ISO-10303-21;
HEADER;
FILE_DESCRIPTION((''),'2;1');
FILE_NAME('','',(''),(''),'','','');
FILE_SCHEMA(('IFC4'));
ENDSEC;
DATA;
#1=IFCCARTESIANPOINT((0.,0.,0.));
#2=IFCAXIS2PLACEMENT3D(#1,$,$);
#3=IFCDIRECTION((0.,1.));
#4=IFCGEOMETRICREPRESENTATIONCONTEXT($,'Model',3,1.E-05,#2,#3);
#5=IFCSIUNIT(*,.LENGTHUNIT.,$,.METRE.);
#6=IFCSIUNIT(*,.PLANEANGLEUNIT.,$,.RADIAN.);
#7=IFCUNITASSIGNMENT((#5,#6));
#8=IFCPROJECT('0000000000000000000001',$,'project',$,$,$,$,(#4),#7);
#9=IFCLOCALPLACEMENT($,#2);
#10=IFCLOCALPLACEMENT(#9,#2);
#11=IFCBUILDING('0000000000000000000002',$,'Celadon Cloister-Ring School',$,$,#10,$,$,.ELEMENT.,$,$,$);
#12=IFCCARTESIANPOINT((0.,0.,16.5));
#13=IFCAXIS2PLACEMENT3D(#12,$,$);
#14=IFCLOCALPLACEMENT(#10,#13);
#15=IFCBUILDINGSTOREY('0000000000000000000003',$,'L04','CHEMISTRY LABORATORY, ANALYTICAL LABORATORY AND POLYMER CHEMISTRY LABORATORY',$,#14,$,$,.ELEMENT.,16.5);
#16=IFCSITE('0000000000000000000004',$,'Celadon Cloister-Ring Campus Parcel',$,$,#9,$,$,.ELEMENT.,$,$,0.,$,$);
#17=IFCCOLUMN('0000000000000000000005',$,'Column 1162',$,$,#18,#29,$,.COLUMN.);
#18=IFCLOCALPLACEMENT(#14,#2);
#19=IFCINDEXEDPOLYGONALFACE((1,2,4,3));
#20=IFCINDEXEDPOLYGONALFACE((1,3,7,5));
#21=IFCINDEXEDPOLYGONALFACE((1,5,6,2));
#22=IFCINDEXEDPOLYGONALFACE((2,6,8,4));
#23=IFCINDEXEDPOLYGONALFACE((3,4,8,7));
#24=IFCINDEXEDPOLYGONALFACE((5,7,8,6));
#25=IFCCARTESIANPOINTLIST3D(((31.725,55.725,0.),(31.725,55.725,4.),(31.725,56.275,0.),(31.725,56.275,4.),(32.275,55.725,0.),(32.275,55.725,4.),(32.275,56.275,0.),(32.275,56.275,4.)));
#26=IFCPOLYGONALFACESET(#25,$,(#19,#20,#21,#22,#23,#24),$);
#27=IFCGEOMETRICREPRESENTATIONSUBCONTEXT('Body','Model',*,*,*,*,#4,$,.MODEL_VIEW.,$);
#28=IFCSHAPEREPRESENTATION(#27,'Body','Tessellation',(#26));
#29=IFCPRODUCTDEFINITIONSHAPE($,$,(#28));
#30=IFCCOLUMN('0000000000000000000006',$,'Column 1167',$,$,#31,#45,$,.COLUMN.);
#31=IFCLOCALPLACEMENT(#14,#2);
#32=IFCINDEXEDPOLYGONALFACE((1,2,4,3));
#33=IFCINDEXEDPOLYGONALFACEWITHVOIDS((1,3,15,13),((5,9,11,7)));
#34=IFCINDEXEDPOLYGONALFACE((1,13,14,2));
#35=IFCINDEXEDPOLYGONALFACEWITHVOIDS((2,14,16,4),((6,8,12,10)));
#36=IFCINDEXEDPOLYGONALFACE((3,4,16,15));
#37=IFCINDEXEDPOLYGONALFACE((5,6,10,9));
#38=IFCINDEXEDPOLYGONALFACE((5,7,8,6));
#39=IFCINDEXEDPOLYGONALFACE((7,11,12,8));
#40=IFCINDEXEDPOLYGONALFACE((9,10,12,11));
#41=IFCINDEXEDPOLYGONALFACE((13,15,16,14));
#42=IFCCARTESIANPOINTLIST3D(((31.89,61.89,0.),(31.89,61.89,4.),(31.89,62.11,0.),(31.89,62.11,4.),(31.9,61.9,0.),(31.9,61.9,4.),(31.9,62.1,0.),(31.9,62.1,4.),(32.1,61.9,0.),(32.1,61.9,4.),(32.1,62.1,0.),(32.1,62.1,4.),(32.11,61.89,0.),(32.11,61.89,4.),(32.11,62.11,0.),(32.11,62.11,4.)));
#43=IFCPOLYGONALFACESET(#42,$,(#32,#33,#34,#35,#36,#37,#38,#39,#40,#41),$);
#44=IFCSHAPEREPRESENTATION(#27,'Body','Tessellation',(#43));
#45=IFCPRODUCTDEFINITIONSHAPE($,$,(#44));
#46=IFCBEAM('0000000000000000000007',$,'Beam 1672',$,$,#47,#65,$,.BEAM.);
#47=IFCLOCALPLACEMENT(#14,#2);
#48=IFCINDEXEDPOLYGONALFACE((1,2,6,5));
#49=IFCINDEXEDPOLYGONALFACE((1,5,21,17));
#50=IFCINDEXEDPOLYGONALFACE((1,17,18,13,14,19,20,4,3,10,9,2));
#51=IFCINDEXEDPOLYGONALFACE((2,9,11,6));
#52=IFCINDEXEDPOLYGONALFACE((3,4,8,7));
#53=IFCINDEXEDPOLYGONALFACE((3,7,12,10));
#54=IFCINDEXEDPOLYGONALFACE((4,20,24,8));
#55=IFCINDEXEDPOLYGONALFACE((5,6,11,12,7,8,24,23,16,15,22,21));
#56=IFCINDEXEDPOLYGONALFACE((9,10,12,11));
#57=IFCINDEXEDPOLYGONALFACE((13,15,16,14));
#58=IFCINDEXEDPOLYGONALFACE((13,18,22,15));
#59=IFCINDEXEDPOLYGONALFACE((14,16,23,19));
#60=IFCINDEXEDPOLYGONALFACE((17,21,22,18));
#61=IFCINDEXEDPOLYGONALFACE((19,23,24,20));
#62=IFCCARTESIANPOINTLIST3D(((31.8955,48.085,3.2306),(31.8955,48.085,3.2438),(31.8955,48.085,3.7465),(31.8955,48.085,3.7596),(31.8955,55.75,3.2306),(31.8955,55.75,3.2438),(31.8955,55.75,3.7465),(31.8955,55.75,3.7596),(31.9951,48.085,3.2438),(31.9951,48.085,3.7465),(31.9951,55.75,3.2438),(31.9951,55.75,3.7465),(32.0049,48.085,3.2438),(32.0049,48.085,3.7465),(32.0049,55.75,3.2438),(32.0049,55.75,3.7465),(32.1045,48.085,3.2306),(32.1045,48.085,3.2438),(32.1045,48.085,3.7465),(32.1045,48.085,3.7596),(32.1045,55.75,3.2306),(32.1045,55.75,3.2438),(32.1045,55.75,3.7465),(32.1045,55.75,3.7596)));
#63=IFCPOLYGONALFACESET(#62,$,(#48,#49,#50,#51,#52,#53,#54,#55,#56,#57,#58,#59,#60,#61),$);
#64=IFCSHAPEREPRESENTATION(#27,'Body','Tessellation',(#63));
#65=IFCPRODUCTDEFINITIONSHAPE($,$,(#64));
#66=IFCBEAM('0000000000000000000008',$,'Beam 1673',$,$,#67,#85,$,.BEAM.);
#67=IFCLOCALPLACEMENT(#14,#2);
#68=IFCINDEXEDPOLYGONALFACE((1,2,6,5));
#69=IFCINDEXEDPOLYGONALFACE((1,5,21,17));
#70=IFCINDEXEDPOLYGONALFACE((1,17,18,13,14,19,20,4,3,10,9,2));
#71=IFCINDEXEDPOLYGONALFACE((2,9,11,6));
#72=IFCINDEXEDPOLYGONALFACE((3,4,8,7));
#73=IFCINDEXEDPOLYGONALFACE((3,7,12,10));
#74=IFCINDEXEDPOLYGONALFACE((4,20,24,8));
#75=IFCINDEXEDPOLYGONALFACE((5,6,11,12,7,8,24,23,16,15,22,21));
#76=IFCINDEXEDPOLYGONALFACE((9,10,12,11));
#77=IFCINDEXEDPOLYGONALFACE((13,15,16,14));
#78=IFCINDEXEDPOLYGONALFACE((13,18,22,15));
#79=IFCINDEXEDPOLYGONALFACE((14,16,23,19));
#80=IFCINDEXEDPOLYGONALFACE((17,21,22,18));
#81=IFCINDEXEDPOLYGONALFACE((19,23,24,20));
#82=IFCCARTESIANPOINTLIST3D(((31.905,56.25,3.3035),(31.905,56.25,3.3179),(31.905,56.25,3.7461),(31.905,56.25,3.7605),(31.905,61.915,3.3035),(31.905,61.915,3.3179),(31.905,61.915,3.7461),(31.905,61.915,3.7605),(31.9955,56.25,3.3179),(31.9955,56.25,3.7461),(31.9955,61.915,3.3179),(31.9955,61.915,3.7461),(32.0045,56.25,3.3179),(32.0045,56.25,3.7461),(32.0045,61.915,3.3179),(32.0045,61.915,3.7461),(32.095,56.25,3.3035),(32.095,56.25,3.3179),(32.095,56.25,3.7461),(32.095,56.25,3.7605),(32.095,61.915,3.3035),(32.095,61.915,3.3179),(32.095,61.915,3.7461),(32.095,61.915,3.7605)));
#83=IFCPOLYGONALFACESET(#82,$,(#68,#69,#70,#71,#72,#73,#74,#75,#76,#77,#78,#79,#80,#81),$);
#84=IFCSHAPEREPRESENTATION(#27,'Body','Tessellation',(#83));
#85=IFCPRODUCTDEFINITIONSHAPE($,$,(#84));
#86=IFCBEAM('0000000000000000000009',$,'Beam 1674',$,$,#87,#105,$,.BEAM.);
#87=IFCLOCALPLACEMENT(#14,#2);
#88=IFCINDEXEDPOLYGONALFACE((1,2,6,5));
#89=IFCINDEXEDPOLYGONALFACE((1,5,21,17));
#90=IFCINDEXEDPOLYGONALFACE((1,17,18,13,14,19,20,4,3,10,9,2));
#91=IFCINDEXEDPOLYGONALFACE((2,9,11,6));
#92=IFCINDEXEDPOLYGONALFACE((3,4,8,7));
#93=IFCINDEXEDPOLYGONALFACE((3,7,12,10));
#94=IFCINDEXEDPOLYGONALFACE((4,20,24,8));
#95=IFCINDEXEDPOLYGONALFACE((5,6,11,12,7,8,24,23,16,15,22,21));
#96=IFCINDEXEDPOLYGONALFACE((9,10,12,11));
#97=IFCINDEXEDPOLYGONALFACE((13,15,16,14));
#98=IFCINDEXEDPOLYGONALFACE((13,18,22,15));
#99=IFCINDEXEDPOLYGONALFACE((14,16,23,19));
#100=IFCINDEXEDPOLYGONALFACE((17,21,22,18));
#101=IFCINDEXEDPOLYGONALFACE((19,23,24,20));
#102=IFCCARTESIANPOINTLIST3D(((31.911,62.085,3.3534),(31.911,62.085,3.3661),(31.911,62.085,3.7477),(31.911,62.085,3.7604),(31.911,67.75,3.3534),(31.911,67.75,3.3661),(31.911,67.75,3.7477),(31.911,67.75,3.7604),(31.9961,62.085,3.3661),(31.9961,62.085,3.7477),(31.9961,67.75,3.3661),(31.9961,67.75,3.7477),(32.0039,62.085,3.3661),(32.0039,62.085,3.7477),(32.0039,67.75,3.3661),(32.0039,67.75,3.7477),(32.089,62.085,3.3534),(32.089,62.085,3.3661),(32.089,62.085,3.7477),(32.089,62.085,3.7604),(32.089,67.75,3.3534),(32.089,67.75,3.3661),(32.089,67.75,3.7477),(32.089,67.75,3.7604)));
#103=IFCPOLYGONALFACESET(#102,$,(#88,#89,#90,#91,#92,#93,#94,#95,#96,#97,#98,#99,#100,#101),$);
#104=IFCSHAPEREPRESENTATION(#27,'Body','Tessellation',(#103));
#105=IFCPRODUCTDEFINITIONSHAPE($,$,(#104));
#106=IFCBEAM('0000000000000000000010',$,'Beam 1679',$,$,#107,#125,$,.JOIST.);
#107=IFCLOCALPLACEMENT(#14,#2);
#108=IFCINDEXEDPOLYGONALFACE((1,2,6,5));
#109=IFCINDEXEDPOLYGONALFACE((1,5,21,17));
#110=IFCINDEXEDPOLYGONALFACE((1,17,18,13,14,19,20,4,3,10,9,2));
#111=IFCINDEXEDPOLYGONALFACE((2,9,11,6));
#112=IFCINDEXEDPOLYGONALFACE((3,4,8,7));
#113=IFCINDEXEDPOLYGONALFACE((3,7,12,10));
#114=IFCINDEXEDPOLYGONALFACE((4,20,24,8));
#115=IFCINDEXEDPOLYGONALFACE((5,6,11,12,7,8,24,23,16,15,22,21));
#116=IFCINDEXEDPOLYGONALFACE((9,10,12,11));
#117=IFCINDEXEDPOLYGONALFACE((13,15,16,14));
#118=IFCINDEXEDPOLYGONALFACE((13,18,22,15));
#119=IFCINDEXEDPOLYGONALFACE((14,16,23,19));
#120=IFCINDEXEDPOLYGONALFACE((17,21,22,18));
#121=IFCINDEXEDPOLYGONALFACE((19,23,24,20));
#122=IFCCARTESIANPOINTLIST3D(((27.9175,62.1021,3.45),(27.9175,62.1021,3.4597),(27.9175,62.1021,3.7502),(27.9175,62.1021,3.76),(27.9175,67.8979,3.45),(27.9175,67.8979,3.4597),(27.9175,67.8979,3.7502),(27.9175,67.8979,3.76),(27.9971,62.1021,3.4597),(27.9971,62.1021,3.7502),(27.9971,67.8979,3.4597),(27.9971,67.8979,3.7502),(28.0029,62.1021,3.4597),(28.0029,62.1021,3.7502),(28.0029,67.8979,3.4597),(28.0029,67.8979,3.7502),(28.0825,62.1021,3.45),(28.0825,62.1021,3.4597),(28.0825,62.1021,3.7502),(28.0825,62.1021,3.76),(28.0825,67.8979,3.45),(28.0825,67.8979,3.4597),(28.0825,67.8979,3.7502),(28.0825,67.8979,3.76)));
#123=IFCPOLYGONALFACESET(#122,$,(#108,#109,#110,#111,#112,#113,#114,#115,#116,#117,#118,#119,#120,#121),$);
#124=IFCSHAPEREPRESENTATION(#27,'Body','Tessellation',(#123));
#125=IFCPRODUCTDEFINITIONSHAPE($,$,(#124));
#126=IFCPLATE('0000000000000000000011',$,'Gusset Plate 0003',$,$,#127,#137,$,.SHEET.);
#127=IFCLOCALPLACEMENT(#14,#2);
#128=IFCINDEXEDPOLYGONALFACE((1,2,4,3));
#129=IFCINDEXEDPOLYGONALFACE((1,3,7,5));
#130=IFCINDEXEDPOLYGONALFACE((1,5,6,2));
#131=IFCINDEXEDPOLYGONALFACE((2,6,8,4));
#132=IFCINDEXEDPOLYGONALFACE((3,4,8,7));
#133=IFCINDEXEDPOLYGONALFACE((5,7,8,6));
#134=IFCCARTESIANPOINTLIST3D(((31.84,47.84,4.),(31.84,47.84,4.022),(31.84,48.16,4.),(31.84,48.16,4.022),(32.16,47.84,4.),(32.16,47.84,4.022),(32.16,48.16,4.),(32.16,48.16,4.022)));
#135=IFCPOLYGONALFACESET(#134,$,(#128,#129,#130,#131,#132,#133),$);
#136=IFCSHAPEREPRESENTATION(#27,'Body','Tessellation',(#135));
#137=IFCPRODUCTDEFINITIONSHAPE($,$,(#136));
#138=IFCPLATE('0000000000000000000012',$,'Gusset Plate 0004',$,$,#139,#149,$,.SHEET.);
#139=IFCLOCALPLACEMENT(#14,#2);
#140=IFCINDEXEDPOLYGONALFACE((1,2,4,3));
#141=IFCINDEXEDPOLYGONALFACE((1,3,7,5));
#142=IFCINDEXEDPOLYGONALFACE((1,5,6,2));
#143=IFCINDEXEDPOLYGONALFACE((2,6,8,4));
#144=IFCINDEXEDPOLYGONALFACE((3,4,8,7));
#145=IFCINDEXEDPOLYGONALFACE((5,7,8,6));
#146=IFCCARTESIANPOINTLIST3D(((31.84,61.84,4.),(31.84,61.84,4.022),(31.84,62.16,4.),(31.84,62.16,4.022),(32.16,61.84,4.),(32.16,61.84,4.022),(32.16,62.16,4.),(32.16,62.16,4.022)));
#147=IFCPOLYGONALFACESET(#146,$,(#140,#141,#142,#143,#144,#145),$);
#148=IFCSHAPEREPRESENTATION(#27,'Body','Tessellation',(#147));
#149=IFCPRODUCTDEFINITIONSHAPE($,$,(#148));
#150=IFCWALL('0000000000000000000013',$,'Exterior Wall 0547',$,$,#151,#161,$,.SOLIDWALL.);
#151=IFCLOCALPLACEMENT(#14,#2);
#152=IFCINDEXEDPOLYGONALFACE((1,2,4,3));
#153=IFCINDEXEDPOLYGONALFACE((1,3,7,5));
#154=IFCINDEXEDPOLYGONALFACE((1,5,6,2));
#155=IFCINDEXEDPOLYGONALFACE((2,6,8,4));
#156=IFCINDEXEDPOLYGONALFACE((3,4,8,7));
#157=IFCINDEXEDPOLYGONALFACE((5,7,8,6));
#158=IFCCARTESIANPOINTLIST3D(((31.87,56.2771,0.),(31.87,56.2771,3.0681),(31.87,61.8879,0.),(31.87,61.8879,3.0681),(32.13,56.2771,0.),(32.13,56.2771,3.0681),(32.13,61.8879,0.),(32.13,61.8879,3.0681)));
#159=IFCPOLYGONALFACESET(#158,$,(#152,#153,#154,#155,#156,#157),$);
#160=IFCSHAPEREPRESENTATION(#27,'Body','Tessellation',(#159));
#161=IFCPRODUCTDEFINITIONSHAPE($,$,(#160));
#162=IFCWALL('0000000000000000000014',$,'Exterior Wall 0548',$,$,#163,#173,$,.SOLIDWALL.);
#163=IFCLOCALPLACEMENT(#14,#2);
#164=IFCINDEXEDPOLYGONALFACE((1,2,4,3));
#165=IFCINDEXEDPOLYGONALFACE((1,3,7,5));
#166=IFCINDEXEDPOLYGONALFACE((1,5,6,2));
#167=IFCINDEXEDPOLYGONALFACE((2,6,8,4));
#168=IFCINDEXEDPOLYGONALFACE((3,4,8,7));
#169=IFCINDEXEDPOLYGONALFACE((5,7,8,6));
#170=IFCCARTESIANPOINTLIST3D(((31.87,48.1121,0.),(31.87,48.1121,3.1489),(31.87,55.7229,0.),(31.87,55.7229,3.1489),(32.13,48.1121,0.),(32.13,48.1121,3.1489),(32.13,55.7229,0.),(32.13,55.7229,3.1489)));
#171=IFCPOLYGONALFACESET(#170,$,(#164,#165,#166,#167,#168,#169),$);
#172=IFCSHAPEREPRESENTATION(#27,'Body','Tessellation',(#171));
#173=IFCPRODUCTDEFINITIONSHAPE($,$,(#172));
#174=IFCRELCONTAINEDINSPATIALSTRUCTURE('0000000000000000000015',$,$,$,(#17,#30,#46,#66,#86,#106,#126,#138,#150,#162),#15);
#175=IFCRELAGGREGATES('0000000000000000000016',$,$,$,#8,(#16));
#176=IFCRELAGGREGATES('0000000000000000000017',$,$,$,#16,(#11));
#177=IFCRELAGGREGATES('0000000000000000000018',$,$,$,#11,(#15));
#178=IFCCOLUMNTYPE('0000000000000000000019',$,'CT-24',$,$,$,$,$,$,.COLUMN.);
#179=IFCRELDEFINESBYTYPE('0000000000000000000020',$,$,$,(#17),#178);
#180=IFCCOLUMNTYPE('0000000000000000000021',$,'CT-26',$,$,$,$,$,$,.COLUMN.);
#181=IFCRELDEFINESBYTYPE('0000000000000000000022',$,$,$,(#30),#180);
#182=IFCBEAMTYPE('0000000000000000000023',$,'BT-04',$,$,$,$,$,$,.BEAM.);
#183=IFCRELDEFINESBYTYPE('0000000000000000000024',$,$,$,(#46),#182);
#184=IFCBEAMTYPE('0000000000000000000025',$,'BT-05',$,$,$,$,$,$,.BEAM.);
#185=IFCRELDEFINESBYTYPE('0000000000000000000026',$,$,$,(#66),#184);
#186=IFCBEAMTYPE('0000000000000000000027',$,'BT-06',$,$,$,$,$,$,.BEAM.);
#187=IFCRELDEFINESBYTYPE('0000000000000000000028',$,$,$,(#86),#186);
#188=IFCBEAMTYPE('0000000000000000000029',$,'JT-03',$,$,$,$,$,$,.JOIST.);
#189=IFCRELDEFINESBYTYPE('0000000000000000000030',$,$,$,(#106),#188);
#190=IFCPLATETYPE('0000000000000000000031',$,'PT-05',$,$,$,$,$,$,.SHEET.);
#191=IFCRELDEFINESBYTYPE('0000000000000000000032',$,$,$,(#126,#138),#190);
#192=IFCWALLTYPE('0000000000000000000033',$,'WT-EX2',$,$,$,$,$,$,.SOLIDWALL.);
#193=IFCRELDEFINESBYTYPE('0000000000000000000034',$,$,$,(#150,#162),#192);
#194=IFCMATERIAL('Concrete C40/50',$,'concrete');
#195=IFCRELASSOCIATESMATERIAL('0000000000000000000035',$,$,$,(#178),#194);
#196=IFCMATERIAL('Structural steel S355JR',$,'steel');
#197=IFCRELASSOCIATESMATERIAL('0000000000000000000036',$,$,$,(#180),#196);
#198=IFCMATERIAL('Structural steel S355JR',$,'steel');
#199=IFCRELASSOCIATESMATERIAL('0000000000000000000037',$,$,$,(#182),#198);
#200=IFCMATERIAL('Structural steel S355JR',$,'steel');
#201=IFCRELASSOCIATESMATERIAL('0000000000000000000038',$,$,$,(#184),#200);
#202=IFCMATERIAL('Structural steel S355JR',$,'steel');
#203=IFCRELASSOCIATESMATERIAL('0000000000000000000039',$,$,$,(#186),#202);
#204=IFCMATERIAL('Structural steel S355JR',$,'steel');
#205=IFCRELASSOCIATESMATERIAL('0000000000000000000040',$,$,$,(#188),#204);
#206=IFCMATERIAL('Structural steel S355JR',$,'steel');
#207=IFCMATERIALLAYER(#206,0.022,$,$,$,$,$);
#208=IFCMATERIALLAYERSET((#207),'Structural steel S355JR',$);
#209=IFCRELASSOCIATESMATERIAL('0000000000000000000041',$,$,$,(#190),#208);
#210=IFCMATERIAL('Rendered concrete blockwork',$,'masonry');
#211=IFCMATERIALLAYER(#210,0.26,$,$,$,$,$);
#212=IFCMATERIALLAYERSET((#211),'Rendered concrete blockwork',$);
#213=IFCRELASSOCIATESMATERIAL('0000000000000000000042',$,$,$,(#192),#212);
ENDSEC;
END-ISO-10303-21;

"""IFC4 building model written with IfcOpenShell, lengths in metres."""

from ifc_helpers import new_model, si_unit, direction, frame, frame_2d, origin, origin_2d, place, context, subcontext, project, spatial, rectangle, hollow_rectangle, i_section, extrude, material, layer, layer_set, material_profile, profile_set, type_object, element, save


model = new_model("IFC4")

# Units and contexts
model_context = context("Model", 3, precision=1e-05, world=origin(), true_north=direction((0.0, 1.0)))
body_context = subcontext(model_context, "Body", "Model", "MODEL_VIEW")
ifc_project = project(units=[si_unit("LENGTHUNIT", "METRE"), si_unit("PLANEANGLEUNIT", "RADIAN")], contexts=[model_context])

# Site, building, storey
site_placement = place(None, origin())
site = spatial("IfcSite", under=ifc_project, at=site_placement, Name="Celadon Cloister-Ring Campus Parcel", CompositionType="ELEMENT", RefElevation=0.0)
building_placement = place(site_placement, origin())
building = spatial("IfcBuilding", under=site, at=building_placement, Name="Celadon Cloister-Ring School", CompositionType="ELEMENT")
storey_placement = place(building_placement, frame((0.0, 0.0, 16.5)))
storey = spatial("IfcBuildingStorey", under=building, at=storey_placement, Name="L04", Description="CHEMISTRY LABORATORY, ANALYTICAL LABORATORY AND POLYMER CHEMISTRY LABORATORY", CompositionType="ELEMENT", Elevation=16.5)

# Columns
ifc_material_1 = material(Name="Concrete C40/50", Category="concrete")
ifc_material_profile_1 = material_profile(ifc_material_1, rectangle(XDim=0.55, YDim=0.55, at=origin_2d()), Name="RC550X550")
ifc_profile_set_1 = profile_set([ifc_material_profile_1], Name="Concrete C40/50")
column_type_1 = type_object("IfcColumnType", Name="CT-24", PredefinedType="COLUMN", material=ifc_profile_set_1)
column_1_placement = place(storey_placement, frame((32.0, 56.0, 0.0), z_axis=(0.0, 0.0, 1.0), x_axis=(1.0, 0.0, 0.0)))
element("IfcColumn", 1, at=column_1_placement, inside=storey, type_object=column_type_1, Name="Column 1162", PredefinedType="COLUMN", context=body_context, shape_type="SweptSolid", body=[
    extrude(rectangle(XDim=0.55, YDim=0.55, at=origin_2d()), origin(), (0.0, 0.0, 1.0), 4.0),
])
ifc_material_2 = material(Name="Structural steel S355JR", Category="steel")
ifc_material_profile_2 = material_profile(ifc_material_2, hollow_rectangle(XDim=0.22, YDim=0.22, WallThickness=0.01, at=origin_2d()), Name="HSS220X220X10")
ifc_profile_set_2 = profile_set([ifc_material_profile_2], Name="Structural steel S355JR")
column_type_2 = type_object("IfcColumnType", Name="CT-26", PredefinedType="COLUMN", material=ifc_profile_set_2)
column_2_placement = place(storey_placement, frame((32.0, 62.0, 0.0), z_axis=(0.0, 0.0, 1.0), x_axis=(1.0, 0.0, 0.0)))
element("IfcColumn", 2, at=column_2_placement, inside=storey, type_object=column_type_2, Name="Column 1167", PredefinedType="COLUMN", context=body_context, shape_type="SweptSolid", body=[
    extrude(hollow_rectangle(XDim=0.22, YDim=0.22, WallThickness=0.01, at=origin_2d()), origin(), (0.0, 0.0, 1.0), 4.0),
])

# Beams
ifc_material_3 = material(Name="Structural steel S355JR", Category="steel")
ifc_material_profile_3 = material_profile(ifc_material_3, i_section(OverallWidth=0.209, OverallDepth=0.5291, WebThickness=0.0098, FlangeThickness=0.0132, at=origin_2d()), Name="W530X74")
ifc_profile_set_3 = profile_set([ifc_material_profile_3], Name="Structural steel S355JR")
beam_type_1 = type_object("IfcBeamType", Name="BT-04", PredefinedType="BEAM", material=ifc_profile_set_3)
beam_1_placement = place(storey_placement, frame((32.0, 48.085, 3.4951), z_axis=(0.0, 1.0, 0.0), x_axis=(-1.0, 0.0, 0.0)))
element("IfcBeam", 3, at=beam_1_placement, inside=storey, type_object=beam_type_1, Name="Beam 1672", PredefinedType="BEAM", context=body_context, shape_type="SweptSolid", body=[
    extrude(i_section(OverallWidth=0.209, OverallDepth=0.5291, WebThickness=0.0098, FlangeThickness=0.0132, at=origin_2d()), origin(), (0.0, 0.0, 1.0), 7.665),
])
ifc_material_4 = material(Name="Structural steel S355JR", Category="steel")
ifc_material_profile_4 = material_profile(ifc_material_4, i_section(OverallWidth=0.1899, OverallDepth=0.457, WebThickness=0.009, FlangeThickness=0.0144, at=origin_2d()), Name="W460X74")
ifc_profile_set_4 = profile_set([ifc_material_profile_4], Name="Structural steel S355JR")
beam_type_2 = type_object("IfcBeamType", Name="BT-05", PredefinedType="BEAM", material=ifc_profile_set_4)
beam_2_placement = place(storey_placement, frame((32.0, 56.25, 3.532), z_axis=(0.0, 1.0, 0.0), x_axis=(-1.0, 0.0, 0.0)))
element("IfcBeam", 4, at=beam_2_placement, inside=storey, type_object=beam_type_2, Name="Beam 1673", PredefinedType="BEAM", context=body_context, shape_type="SweptSolid", body=[
    extrude(i_section(OverallWidth=0.1899, OverallDepth=0.457, WebThickness=0.009, FlangeThickness=0.0144, at=origin_2d()), origin(), (0.0, 0.0, 1.0), 5.665),
])
ifc_material_5 = material(Name="Structural steel S355JR", Category="steel")
ifc_material_profile_5 = material_profile(ifc_material_5, i_section(OverallWidth=0.178, OverallDepth=0.407, WebThickness=0.0078, FlangeThickness=0.0127, at=origin_2d()), Name="W410X60")
ifc_profile_set_5 = profile_set([ifc_material_profile_5], Name="Structural steel S355JR")
beam_type_3 = type_object("IfcBeamType", Name="BT-06", PredefinedType="BEAM", material=ifc_profile_set_5)
beam_3_placement = place(storey_placement, frame((32.0, 62.085, 3.5569), z_axis=(0.0, 1.0, 0.0), x_axis=(-1.0, 0.0, 0.0)))
element("IfcBeam", 5, at=beam_3_placement, inside=storey, type_object=beam_type_3, Name="Beam 1674", PredefinedType="BEAM", context=body_context, shape_type="SweptSolid", body=[
    extrude(i_section(OverallWidth=0.178, OverallDepth=0.407, WebThickness=0.0078, FlangeThickness=0.0127, at=origin_2d()), origin(), (0.0, 0.0, 1.0), 5.665),
])
ifc_material_6 = material(Name="Structural steel S355JR", Category="steel")
ifc_material_profile_6 = material_profile(ifc_material_6, i_section(OverallWidth=0.165, OverallDepth=0.3101, WebThickness=0.0059, FlangeThickness=0.0098, at=origin_2d()), Name="W310X39")
ifc_profile_set_6 = profile_set([ifc_material_profile_6], Name="Structural steel S355JR")
beam_type_4 = type_object("IfcBeamType", Name="JT-03", PredefinedType="JOIST", material=ifc_profile_set_6)
beam_4_placement = place(storey_placement, frame((28.0, 62.1021, 3.605), z_axis=(0.0, 1.0, 0.0), x_axis=(-1.0, 0.0, 0.0)))
element("IfcBeam", 6, at=beam_4_placement, inside=storey, type_object=beam_type_4, Name="Beam 1679", PredefinedType="JOIST", context=body_context, shape_type="SweptSolid", body=[
    extrude(i_section(OverallWidth=0.165, OverallDepth=0.3101, WebThickness=0.0059, FlangeThickness=0.0098, at=origin_2d()), origin(), (0.0, 0.0, 1.0), 5.7959),
])

# Plates
ifc_material_7 = material(Name="Structural steel S355JR", Category="steel")
ifc_layer_1 = layer(ifc_material_7, 0.022)
ifc_layer_set_1 = layer_set([ifc_layer_1], Name="Structural steel S355JR")
plate_type = type_object("IfcPlateType", Name="PT-05", PredefinedType="SHEET", material=ifc_layer_set_1)
for number, where, z_axis, x_axis, name in (
    (7, (32.0, 48.0, 4.0), (0.0, 0.0, 1.0), (1.0, 0.0, 0.0), "Gusset Plate 0003"),
    (8, (32.0, 62.0, 4.0), (0.0, 0.0, 1.0), (1.0, 0.0, 0.0), "Gusset Plate 0004"),
):
    element("IfcPlate", number, at=place(storey_placement, frame(where, z_axis=z_axis, x_axis=x_axis)), inside=storey, type_object=plate_type, Name=name, PredefinedType="SHEET", context=body_context, shape_type="SweptSolid", body=[
        extrude(rectangle(XDim=0.3201, YDim=0.3201, at=origin_2d()), origin(), (0.0, 0.0, 1.0), 0.022),
    ])

# Walls
ifc_material_8 = material(Name="Rendered concrete blockwork", Category="masonry")
ifc_layer_2 = layer(ifc_material_8, 0.26)
ifc_layer_set_2 = layer_set([ifc_layer_2], Name="Rendered concrete blockwork")
wall_type_1 = type_object("IfcWallType", Name="WT-EX2", PredefinedType="SOLIDWALL", material=ifc_layer_set_2)
wall_1_placement = place(storey_placement, frame((32.0, 61.8879, 0.0), z_axis=(0.0, 0.0, 1.0), x_axis=(0.0, -1.0, 0.0)))
element("IfcWall", 9, at=wall_1_placement, inside=storey, type_object=wall_type_1, Name="Exterior Wall 0547", PredefinedType="SOLIDWALL", context=body_context, shape_type="SweptSolid", body=[
    extrude(rectangle(XDim=5.6108, YDim=0.26, at=frame_2d((2.8054, 0.0))), origin(), (0.0, 0.0, 1.0), 3.0681),
])
wall_2_placement = place(storey_placement, frame((32.0, 55.7229, 0.0), z_axis=(0.0, 0.0, 1.0), x_axis=(0.0, -1.0, 0.0)))
element("IfcWall", 10, at=wall_2_placement, inside=storey, type_object=wall_type_1, Name="Exterior Wall 0548", PredefinedType="SOLIDWALL", context=body_context, shape_type="SweptSolid", body=[
    extrude(rectangle(XDim=7.6108, YDim=0.26, at=frame_2d((3.8054, 0.0))), origin(), (0.0, 0.0, 1.0), 3.1489),
])

save(model, "model.ifc")
